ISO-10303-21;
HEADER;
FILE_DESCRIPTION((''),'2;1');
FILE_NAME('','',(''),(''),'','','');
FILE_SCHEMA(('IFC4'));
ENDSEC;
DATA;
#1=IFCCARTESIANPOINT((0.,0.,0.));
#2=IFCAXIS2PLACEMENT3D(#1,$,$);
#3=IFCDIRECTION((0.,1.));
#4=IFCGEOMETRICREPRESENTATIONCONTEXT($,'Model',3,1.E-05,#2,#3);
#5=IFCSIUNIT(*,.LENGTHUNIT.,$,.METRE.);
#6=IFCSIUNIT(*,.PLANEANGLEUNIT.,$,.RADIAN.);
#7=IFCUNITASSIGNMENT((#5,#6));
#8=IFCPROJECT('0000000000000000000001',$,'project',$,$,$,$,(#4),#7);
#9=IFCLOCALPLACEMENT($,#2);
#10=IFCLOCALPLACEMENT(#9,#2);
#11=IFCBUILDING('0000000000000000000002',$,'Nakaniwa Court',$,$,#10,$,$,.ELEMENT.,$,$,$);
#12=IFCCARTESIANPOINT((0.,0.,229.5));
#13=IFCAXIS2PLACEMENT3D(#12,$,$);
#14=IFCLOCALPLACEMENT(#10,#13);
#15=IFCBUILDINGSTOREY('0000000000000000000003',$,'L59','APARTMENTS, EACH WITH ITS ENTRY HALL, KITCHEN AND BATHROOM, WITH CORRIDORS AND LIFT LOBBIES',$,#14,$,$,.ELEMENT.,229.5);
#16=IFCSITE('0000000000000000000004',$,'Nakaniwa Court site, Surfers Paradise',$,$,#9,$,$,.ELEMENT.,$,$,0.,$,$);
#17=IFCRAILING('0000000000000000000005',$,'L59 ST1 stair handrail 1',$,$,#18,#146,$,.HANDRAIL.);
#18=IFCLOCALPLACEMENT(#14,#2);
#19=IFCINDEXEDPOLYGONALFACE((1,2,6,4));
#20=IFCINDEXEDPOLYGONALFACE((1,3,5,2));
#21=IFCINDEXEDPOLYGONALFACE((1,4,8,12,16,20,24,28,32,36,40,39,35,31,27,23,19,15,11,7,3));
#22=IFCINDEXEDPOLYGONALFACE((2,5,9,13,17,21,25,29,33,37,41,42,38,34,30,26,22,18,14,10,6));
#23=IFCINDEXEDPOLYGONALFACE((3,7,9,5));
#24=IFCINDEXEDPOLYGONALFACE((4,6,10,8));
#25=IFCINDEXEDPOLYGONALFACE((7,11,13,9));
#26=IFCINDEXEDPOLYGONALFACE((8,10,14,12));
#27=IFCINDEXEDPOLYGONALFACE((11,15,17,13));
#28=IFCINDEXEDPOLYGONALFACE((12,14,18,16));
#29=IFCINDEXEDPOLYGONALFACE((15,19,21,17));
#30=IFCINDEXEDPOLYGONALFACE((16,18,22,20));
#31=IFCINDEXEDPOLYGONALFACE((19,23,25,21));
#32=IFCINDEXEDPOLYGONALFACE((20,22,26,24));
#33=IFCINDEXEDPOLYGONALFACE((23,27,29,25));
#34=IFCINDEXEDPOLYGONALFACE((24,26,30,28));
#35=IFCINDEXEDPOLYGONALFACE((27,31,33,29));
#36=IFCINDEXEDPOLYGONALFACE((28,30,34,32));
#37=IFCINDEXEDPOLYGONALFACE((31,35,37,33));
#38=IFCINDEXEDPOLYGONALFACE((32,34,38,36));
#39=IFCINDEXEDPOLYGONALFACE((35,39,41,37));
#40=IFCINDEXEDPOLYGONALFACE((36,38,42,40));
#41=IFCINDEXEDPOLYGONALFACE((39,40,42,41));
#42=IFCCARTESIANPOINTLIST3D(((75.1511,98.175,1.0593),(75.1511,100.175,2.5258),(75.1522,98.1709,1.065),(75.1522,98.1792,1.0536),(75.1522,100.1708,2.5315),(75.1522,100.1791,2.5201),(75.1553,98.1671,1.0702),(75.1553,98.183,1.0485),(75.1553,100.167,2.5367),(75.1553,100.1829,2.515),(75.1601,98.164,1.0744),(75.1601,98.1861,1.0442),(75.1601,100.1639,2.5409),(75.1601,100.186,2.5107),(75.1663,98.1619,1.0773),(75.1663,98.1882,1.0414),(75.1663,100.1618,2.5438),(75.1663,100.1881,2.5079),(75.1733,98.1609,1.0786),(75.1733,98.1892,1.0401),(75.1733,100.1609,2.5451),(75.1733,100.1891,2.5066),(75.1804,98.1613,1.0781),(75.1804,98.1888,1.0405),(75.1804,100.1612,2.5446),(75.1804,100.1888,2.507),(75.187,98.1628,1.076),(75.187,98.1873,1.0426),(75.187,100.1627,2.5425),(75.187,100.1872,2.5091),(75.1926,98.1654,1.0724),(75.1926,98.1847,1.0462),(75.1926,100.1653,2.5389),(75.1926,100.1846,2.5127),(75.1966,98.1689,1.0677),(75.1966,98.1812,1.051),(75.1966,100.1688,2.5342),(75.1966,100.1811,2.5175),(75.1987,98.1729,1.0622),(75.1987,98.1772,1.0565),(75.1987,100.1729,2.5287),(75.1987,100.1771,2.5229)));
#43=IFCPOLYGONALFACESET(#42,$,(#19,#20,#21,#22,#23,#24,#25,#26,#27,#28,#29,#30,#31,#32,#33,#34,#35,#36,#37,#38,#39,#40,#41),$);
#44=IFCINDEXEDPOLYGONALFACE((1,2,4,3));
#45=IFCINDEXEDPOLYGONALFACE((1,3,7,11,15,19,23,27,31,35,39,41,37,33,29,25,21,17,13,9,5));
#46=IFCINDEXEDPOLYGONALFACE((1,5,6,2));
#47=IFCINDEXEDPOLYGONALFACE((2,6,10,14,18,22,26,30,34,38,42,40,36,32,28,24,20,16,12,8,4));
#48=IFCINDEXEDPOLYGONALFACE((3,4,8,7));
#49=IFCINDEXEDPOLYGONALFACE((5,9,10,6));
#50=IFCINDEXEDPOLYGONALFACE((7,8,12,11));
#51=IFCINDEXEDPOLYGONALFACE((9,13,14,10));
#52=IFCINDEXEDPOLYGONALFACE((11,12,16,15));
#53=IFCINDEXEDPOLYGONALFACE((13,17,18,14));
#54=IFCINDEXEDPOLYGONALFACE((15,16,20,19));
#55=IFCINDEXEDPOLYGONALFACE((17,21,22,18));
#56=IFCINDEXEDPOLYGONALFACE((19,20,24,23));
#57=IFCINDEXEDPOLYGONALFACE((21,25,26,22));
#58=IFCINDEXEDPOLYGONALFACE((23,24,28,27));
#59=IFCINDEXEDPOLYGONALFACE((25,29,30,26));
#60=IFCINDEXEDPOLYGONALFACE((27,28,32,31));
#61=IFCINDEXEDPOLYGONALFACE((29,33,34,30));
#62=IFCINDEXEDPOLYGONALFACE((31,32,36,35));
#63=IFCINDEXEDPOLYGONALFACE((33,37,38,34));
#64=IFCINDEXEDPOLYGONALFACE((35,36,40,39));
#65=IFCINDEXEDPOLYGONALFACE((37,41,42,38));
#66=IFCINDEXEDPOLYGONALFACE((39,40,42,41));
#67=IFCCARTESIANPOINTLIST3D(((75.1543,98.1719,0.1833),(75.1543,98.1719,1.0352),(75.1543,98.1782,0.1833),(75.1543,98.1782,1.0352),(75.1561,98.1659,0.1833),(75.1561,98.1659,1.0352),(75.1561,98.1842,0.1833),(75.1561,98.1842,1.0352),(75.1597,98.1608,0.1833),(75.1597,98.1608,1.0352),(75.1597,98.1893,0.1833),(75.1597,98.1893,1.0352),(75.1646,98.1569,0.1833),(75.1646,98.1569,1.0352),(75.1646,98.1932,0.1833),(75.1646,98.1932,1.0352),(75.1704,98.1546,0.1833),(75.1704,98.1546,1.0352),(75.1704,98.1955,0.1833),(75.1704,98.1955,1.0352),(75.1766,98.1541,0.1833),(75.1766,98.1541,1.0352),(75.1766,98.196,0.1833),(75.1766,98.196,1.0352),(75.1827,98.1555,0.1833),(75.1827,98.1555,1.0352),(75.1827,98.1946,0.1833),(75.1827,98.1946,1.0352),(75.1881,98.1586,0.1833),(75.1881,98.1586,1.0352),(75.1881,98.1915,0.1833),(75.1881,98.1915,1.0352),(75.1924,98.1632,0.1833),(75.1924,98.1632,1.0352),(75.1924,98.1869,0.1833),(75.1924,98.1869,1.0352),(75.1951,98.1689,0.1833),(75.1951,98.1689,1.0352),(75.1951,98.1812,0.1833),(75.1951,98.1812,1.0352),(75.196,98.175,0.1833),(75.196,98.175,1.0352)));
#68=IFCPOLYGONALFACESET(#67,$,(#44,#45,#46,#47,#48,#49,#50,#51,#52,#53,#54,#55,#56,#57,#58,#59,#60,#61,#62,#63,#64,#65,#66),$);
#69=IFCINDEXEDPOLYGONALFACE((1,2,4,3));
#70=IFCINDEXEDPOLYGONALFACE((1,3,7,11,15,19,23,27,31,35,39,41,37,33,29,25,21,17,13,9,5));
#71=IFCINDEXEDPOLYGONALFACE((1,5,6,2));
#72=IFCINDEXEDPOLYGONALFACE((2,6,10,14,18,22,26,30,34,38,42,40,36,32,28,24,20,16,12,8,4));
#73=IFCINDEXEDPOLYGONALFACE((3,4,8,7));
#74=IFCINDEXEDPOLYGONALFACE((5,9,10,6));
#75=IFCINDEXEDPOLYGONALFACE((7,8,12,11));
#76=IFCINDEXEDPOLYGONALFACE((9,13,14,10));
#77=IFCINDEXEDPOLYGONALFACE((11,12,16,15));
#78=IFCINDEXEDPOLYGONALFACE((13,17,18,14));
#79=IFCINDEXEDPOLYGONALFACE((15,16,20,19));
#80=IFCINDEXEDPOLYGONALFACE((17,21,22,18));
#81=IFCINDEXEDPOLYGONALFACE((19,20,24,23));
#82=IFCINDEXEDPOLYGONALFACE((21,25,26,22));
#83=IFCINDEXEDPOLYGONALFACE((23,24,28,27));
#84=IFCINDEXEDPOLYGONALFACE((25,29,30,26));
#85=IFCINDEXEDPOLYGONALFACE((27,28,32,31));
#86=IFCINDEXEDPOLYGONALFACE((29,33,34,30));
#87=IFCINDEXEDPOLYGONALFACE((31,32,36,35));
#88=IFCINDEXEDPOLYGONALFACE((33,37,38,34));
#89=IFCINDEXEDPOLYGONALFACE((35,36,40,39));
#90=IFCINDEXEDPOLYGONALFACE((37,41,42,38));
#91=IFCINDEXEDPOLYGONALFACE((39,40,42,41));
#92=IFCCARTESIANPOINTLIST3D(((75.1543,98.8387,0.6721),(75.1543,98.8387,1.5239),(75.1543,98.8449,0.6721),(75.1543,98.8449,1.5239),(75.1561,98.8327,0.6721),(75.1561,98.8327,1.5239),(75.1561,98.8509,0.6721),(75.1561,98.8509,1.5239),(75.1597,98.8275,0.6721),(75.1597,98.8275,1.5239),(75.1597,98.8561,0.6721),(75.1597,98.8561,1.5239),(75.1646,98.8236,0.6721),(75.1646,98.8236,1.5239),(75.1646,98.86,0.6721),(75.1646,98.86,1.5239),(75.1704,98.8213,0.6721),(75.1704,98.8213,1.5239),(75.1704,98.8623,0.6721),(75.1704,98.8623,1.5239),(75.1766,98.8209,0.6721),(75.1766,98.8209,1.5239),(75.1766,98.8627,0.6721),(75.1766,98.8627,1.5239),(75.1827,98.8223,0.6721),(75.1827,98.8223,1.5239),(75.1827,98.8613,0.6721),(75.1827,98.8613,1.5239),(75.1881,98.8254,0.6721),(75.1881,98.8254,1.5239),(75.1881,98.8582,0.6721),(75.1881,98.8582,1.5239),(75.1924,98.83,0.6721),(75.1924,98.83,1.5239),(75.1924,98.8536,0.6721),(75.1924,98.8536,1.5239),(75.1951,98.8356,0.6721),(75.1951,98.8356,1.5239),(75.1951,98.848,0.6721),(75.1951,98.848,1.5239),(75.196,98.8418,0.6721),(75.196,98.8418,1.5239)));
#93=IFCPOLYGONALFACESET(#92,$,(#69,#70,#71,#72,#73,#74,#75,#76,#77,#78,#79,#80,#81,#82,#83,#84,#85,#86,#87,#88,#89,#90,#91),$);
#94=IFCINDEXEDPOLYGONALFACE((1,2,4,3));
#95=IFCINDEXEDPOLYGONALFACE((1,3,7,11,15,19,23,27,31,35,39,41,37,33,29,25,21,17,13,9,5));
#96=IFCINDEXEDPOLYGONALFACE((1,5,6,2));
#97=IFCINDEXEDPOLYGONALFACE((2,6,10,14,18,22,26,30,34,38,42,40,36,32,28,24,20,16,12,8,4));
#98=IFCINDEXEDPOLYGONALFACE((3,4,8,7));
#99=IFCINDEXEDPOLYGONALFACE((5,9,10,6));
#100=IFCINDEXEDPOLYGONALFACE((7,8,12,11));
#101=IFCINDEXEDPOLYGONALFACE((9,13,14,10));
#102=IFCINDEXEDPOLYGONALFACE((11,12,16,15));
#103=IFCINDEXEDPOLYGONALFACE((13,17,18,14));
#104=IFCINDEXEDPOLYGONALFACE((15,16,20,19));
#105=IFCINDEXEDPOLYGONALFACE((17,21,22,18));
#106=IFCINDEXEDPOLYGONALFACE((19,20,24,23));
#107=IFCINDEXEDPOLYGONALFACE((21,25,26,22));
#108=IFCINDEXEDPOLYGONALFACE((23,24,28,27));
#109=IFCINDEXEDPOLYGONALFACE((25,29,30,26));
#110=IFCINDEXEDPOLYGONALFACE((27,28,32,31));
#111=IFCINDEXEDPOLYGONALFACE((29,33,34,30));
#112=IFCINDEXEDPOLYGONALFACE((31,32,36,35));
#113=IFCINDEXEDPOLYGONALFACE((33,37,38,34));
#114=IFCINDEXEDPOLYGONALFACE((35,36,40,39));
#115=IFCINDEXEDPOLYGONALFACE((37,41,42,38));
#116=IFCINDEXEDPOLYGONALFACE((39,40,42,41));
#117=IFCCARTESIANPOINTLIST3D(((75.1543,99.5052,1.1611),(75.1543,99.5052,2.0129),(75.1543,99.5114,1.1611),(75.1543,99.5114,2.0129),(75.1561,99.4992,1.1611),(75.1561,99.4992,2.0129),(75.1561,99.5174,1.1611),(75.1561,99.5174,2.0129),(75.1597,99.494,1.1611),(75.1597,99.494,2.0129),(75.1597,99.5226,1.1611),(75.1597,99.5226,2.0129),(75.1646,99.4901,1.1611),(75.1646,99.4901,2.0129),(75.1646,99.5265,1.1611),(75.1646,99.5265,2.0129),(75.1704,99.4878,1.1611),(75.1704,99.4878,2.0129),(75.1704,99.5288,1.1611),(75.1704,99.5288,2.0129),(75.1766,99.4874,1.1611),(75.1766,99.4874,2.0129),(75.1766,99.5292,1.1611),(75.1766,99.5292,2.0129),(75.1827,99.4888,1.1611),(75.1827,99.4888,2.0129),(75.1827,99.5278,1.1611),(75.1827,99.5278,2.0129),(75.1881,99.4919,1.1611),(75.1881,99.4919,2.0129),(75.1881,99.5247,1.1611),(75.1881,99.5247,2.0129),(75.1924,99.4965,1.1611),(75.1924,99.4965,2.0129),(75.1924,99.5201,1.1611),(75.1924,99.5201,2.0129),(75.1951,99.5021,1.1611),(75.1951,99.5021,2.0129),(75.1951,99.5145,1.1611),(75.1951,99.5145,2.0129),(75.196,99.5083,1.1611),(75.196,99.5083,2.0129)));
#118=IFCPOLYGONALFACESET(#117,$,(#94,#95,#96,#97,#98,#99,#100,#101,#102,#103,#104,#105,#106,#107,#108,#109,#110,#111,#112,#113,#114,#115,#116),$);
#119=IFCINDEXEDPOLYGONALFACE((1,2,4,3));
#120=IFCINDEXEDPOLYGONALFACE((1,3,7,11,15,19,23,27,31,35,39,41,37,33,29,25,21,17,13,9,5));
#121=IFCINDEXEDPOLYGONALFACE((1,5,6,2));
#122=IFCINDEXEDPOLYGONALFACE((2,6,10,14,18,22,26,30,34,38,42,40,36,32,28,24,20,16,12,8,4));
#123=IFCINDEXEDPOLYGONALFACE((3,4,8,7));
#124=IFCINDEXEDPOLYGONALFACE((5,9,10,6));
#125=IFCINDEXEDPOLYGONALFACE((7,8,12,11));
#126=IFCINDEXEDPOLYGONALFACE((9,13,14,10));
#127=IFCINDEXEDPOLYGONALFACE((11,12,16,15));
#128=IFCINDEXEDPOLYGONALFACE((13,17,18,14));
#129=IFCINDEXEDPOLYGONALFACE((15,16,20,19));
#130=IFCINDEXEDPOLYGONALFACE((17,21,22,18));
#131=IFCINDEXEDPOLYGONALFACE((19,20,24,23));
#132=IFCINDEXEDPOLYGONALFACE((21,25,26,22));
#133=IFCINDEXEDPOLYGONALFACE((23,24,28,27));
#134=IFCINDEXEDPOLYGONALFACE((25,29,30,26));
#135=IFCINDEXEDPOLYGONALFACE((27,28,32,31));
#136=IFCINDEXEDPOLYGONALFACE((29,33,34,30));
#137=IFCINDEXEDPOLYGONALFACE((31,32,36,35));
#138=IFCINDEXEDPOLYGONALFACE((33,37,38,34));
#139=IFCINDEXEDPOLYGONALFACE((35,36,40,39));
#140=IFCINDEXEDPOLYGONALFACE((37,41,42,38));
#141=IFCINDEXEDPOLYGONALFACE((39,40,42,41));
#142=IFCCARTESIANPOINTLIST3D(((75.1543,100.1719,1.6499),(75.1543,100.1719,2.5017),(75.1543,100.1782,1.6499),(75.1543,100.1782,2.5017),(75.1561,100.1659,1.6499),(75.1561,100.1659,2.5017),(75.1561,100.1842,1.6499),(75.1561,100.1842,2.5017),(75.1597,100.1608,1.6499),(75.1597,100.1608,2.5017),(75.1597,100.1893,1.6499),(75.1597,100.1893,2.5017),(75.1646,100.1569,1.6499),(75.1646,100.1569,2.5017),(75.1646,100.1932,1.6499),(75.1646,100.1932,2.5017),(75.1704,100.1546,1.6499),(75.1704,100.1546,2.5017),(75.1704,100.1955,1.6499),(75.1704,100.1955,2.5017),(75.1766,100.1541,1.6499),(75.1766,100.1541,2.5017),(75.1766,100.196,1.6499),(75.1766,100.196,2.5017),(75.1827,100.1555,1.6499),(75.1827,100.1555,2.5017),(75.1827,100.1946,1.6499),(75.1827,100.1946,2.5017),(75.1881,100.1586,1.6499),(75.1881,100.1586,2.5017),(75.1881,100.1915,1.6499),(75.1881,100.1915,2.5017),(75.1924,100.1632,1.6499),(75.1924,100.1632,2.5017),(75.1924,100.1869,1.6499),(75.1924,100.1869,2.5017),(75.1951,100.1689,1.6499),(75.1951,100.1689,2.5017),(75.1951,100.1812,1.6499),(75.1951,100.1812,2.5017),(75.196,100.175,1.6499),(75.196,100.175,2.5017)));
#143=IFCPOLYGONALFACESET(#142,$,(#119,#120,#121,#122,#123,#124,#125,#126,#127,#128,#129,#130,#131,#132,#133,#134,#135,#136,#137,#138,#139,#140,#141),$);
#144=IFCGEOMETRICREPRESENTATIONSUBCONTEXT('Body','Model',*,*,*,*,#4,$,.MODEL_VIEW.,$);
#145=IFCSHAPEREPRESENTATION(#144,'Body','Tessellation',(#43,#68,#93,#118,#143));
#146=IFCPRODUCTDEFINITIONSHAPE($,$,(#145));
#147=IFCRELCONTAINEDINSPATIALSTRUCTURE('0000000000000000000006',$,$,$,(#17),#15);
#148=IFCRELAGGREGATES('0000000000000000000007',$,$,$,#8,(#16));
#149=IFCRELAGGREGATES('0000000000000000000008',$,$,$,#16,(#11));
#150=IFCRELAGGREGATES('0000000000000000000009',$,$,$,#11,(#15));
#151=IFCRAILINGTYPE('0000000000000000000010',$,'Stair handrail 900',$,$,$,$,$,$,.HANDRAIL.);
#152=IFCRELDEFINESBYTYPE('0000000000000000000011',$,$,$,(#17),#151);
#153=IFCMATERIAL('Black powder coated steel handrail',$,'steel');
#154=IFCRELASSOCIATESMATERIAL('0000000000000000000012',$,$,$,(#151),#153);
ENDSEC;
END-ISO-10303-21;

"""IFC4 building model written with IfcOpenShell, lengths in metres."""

from ifc_helpers import new_model, si_unit, direction, frame, origin, origin_2d, place, context, subcontext, project, spatial, circle, extrude, material, type_object, element, save


model = new_model("IFC4")

# Units and contexts
model_context = context("Model", 3, precision=1e-05, world=origin(), true_north=direction((0.0, 1.0)))
body_context = subcontext(model_context, "Body", "Model", "MODEL_VIEW")
ifc_project = project(units=[si_unit("LENGTHUNIT", "METRE"), si_unit("PLANEANGLEUNIT", "RADIAN")], contexts=[model_context])

# Site, building, storey
site_placement = place(None, origin())
site = spatial("IfcSite", under=ifc_project, at=site_placement, Name="Nakaniwa Court site, Surfers Paradise", CompositionType="ELEMENT", RefElevation=0.0)
building_placement = place(site_placement, origin())
building = spatial("IfcBuilding", under=site, at=building_placement, Name="Nakaniwa Court", CompositionType="ELEMENT")
storey_placement = place(building_placement, frame((0.0, 0.0, 229.5)))
storey = spatial("IfcBuildingStorey", under=building, at=storey_placement, Name="L59", Description="APARTMENTS, EACH WITH ITS ENTRY HALL, KITCHEN AND BATHROOM, WITH CORRIDORS AND LIFT LOBBIES", CompositionType="ELEMENT", Elevation=229.5)

# Railing
ifc_material_1 = material(Name="Black powder coated steel handrail", Category="steel")
railing_type_1 = type_object("IfcRailingType", Name="Stair handrail 900", PredefinedType="HANDRAIL", material=ifc_material_1)
railing_1_placement = place(storey_placement, frame((75.175, 98.175, 0.1833)))
element("IfcRailing", 1, at=railing_1_placement, inside=storey, type_object=railing_type_1, Name="L59 ST1 stair handrail 1", PredefinedType="HANDRAIL", context=body_context, shape_type="SweptSolid", body=[
    extrude(circle(Radius=0.0239, at=origin_2d()), frame((0.0, 0.0, 0.876), z_axis=(0.0, 0.806427, 0.591334), x_axis=(-1.0, 0.0, 0.0)), (0.0, 0.0, 1.0), 2.48),
    extrude(circle(Radius=0.021, at=origin_2d()), origin(), (0.0, 0.0, 1.0), 0.8518),
    extrude(circle(Radius=0.021, at=origin_2d()), frame((0.0, 0.6667, 0.4888)), (0.0, 0.0, 1.0), 0.8518),
    extrude(circle(Radius=0.021, at=origin_2d()), frame((0.0, 1.3333, 0.9778)), (0.0, 0.0, 1.0), 0.8518),
    extrude(circle(Radius=0.021, at=origin_2d()), frame((0.0, 2.0, 1.4666)), (0.0, 0.0, 1.0), 0.8518),
])

save(model, "model.ifc")
